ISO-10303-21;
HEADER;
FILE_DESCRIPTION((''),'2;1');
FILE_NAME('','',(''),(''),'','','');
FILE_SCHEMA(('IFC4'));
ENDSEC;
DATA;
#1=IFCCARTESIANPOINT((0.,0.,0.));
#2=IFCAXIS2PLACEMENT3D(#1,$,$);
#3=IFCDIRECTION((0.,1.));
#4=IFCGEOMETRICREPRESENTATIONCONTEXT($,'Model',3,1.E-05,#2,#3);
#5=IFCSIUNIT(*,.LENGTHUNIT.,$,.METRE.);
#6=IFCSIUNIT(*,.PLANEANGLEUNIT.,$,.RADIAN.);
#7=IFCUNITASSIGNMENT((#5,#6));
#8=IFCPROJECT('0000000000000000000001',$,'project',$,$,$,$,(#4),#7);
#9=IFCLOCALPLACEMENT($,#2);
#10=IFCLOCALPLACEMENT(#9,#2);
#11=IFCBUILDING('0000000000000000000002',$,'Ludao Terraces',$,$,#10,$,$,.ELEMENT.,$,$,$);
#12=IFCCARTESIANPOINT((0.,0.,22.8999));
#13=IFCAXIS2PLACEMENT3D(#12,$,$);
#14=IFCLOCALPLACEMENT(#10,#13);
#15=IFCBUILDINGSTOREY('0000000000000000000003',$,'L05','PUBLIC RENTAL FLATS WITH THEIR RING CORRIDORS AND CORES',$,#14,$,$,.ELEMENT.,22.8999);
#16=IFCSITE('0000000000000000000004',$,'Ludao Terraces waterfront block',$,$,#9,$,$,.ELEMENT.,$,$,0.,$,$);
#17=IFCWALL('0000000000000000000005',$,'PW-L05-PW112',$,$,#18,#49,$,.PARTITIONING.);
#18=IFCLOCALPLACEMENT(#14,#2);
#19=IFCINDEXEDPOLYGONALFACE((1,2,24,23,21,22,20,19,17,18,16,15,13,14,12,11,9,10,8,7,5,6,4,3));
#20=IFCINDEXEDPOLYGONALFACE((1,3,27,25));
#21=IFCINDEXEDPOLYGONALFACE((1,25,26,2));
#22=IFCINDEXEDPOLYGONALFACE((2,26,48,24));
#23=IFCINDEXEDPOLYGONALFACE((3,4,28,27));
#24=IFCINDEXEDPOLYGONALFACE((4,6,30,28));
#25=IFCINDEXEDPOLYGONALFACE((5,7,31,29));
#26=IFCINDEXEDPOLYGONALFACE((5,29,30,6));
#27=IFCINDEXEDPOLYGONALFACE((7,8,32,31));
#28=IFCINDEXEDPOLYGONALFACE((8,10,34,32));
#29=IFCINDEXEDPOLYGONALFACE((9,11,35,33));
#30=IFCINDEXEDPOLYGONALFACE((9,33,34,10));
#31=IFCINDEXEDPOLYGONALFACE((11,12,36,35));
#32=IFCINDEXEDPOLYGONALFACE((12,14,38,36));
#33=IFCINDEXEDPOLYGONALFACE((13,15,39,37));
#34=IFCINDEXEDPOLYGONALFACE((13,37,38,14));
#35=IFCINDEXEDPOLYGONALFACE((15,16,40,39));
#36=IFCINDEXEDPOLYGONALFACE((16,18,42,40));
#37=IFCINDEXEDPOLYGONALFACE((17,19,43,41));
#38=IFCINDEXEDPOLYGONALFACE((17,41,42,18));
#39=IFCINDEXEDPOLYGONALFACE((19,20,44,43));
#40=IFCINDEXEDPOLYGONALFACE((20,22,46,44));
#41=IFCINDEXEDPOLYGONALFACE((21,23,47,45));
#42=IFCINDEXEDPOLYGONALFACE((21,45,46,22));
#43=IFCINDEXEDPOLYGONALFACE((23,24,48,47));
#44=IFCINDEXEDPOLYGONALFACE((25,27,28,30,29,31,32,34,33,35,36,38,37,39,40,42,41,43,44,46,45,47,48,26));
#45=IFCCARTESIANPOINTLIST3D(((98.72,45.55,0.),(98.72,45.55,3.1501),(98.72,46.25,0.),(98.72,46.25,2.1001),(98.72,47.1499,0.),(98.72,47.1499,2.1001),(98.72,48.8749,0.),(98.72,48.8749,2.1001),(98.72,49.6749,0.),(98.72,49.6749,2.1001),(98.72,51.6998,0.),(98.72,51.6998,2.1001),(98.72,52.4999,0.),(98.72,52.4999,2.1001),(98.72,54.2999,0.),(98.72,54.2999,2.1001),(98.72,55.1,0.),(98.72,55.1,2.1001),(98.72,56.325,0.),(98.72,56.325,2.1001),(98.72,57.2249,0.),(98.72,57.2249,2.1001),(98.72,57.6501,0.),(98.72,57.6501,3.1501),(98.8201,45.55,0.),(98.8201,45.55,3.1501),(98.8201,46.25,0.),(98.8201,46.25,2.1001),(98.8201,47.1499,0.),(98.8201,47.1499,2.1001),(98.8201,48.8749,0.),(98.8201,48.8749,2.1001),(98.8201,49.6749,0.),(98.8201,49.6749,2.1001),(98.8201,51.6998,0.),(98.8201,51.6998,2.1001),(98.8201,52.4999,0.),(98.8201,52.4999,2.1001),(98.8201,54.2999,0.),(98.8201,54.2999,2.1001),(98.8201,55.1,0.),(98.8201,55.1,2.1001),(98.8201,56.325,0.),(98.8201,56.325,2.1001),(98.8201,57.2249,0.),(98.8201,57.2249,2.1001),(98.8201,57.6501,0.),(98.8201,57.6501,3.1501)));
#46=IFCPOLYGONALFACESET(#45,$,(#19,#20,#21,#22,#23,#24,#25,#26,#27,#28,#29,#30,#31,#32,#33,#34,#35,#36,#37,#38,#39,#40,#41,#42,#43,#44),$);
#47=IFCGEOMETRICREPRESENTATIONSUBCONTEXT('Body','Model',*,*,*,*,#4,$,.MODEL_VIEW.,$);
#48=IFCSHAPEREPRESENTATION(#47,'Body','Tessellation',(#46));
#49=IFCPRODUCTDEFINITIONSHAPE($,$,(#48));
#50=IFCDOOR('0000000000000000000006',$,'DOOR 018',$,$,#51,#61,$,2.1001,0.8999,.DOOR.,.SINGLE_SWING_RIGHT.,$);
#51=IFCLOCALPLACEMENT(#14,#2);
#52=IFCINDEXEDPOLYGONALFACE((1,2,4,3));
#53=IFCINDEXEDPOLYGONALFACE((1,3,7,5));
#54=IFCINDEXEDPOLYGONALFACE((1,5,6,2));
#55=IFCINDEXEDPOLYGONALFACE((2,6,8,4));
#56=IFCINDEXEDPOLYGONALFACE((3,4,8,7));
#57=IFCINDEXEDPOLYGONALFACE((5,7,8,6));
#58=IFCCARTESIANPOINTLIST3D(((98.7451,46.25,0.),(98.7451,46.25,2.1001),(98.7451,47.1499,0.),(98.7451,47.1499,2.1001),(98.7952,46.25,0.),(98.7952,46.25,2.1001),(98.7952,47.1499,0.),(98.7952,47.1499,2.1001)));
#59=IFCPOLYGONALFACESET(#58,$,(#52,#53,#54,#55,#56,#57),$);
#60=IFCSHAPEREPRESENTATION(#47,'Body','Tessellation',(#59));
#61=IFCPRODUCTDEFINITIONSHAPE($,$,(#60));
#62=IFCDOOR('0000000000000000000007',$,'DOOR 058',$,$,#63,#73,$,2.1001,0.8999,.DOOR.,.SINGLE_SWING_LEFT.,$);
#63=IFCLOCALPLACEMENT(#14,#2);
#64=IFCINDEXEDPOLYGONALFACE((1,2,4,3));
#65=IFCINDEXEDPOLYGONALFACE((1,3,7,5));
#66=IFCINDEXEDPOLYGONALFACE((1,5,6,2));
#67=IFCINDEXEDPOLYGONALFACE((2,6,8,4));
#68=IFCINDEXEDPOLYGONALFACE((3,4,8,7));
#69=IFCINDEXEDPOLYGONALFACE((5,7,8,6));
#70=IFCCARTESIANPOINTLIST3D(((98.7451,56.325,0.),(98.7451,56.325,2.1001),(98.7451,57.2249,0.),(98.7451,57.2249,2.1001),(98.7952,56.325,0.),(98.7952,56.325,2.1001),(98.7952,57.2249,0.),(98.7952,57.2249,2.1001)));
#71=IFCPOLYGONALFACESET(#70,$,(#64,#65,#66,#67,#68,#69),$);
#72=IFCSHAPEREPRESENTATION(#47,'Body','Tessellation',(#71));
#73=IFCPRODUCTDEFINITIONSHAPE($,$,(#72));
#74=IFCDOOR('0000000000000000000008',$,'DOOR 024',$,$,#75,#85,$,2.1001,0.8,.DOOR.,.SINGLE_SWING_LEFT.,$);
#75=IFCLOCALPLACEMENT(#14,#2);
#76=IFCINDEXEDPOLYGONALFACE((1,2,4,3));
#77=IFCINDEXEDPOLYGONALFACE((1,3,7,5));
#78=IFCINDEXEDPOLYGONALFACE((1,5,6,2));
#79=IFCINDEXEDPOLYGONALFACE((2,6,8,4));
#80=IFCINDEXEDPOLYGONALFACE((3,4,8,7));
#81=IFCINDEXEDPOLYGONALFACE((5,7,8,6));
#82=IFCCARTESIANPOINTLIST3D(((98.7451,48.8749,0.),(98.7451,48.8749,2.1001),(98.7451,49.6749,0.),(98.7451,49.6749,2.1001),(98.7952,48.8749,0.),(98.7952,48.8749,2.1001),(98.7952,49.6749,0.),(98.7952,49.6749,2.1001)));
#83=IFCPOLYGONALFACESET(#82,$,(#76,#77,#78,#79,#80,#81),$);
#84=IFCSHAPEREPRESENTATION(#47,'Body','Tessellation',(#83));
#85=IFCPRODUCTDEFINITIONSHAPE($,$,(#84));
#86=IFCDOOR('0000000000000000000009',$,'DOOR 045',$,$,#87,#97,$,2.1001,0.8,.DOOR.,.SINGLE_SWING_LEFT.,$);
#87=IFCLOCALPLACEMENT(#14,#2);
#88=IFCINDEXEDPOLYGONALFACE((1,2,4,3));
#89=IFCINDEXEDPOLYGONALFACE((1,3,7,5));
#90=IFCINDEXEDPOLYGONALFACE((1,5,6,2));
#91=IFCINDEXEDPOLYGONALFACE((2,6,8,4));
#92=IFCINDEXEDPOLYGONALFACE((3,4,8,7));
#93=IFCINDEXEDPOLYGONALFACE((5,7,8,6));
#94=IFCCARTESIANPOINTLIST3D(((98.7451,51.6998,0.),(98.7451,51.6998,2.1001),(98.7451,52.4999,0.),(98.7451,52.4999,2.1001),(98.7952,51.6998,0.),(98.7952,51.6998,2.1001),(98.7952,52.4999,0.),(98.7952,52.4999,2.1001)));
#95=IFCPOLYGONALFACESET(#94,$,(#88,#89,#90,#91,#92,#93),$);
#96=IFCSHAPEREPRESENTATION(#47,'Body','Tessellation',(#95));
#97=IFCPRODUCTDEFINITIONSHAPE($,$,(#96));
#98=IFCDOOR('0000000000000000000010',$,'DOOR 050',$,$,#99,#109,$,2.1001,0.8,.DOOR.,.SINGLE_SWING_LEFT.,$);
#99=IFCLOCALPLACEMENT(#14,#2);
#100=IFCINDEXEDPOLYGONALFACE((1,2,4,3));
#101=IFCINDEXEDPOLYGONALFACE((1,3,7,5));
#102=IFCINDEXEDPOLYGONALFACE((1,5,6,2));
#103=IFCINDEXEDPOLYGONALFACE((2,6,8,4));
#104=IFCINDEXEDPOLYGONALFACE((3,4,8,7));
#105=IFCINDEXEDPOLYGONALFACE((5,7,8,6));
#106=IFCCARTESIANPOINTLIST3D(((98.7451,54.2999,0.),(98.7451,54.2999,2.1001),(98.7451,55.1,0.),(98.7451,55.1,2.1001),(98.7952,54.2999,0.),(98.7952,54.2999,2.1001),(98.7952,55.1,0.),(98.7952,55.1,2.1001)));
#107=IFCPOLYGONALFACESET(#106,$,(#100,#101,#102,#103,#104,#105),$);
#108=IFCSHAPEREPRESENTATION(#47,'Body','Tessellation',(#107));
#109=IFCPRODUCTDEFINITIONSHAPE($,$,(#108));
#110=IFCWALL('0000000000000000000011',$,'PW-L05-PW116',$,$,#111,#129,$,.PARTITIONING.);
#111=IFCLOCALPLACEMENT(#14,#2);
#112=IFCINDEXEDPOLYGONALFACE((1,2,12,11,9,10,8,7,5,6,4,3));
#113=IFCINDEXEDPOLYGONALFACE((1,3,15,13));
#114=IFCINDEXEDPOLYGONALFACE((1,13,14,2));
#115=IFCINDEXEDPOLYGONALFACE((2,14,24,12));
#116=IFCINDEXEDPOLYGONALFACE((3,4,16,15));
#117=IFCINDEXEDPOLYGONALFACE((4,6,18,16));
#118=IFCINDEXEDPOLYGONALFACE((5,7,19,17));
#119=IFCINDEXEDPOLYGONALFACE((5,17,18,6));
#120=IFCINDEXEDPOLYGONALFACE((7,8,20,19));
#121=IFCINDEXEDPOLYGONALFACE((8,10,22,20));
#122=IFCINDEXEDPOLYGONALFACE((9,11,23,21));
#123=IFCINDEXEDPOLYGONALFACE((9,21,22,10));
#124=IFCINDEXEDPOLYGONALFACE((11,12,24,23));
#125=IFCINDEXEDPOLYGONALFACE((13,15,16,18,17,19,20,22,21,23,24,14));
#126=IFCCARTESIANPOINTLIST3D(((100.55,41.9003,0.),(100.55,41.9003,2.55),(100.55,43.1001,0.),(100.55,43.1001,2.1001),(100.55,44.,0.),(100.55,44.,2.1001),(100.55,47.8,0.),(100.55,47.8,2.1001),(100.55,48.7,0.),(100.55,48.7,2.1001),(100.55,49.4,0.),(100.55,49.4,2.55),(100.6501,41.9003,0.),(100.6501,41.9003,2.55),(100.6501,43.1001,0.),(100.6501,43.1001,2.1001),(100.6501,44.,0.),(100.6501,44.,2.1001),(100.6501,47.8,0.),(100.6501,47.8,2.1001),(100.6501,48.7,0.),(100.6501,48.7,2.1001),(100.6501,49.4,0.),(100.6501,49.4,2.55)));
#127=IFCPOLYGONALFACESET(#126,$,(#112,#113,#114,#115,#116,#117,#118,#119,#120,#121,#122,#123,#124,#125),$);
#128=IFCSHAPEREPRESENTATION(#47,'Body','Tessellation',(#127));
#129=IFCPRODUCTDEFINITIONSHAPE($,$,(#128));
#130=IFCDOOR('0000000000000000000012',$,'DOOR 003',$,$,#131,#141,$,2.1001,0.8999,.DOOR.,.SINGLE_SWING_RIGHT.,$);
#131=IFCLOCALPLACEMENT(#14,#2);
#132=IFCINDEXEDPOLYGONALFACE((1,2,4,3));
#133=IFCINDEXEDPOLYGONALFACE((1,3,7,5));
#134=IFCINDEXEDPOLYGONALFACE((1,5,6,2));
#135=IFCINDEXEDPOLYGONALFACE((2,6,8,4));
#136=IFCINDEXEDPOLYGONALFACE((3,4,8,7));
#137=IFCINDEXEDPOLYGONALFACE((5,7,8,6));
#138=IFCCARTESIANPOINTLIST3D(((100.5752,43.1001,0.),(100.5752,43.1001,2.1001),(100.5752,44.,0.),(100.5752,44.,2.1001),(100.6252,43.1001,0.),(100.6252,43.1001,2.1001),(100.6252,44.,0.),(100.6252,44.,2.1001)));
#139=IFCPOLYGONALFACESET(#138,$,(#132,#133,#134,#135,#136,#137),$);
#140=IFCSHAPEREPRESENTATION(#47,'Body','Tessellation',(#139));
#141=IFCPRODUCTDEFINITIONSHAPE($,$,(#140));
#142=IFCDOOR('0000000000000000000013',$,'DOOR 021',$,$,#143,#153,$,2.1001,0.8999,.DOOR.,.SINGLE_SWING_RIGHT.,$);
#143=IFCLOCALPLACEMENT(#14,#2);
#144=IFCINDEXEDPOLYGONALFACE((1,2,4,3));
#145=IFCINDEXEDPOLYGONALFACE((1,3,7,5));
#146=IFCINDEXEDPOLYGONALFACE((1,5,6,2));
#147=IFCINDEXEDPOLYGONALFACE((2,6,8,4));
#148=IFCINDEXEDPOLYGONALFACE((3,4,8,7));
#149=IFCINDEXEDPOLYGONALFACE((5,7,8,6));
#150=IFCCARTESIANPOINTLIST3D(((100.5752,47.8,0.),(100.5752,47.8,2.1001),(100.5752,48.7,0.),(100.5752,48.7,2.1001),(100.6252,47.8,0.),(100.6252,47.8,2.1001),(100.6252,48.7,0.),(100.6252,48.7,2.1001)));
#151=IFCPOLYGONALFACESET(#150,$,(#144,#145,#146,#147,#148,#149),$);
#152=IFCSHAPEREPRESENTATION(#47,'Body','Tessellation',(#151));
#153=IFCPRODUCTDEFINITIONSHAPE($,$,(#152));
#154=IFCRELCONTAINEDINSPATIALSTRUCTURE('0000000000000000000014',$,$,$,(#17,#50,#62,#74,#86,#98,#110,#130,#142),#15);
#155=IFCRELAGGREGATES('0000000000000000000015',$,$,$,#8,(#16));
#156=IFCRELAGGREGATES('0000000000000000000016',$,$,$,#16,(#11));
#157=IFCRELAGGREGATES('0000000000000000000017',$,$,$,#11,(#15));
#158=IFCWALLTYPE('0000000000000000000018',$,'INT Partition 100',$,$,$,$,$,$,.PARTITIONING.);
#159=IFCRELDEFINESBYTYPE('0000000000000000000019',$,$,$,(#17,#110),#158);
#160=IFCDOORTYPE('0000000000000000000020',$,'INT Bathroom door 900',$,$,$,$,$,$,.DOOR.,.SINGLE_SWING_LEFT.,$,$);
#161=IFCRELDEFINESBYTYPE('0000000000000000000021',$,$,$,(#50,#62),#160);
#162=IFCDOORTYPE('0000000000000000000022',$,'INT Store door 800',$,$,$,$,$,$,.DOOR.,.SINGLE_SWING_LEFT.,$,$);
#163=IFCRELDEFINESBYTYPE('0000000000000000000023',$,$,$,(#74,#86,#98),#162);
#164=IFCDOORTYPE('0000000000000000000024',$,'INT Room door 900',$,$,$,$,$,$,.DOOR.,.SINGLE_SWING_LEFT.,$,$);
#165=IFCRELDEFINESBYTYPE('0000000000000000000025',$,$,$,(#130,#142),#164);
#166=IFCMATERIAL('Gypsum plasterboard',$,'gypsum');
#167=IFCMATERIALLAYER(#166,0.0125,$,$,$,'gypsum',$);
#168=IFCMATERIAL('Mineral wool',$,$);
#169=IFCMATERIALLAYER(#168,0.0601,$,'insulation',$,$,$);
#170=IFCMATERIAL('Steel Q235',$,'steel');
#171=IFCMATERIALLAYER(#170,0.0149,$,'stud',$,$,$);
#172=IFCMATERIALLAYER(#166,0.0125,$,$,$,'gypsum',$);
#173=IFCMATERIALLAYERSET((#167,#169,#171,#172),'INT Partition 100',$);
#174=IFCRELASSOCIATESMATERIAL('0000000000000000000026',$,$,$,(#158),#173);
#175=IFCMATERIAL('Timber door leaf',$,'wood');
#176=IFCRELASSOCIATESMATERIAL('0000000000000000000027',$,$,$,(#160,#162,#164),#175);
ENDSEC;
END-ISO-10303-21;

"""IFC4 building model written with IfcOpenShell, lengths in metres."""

from ifc_helpers import new_model, si_unit, direction, frame, frame_2d, origin, place, context, subcontext, project, spatial, rectangle, extrude, material, layer, layer_set, type_object, element, fill, save


model = new_model("IFC4")

# Units and contexts
model_context = context("Model", 3, precision=1e-05, world=origin(), true_north=direction((0.0, 1.0)))
body_context = subcontext(model_context, "Body", "Model", "MODEL_VIEW")
ifc_project = project(units=[si_unit("LENGTHUNIT", "METRE"), si_unit("PLANEANGLEUNIT", "RADIAN")], contexts=[model_context])

# Site, building, storey
site_placement = place(None, origin())
site = spatial("IfcSite", under=ifc_project, at=site_placement, Name="Ludao Terraces waterfront block", CompositionType="ELEMENT", RefElevation=0.0)
building_placement = place(site_placement, origin())
building = spatial("IfcBuilding", under=site, at=building_placement, Name="Ludao Terraces", CompositionType="ELEMENT")
storey_placement = place(building_placement, frame((0.0, 0.0, 22.8999)))
storey = spatial("IfcBuildingStorey", under=building, at=storey_placement, Name="L05", Description="PUBLIC RENTAL FLATS WITH THEIR RING CORRIDORS AND CORES", CompositionType="ELEMENT", Elevation=22.8999)

# Shared definitions
ifc_material_1 = material(Name="Gypsum plasterboard", Category="gypsum")
ifc_layer_1 = layer(ifc_material_1, 0.0125, Category="gypsum")
ifc_material_2 = material(Name="Mineral wool")
ifc_layer_2 = layer(ifc_material_2, 0.0601, Name="insulation")
ifc_material_3 = material(Name="Steel Q235", Category="steel")
ifc_layer_3 = layer(ifc_material_3, 0.0149, Name="stud")
ifc_layer_4 = layer(ifc_material_1, 0.0125, Category="gypsum")
ifc_layer_set_1 = layer_set([ifc_layer_1, ifc_layer_2, ifc_layer_3, ifc_layer_4], Name="INT Partition 100")
wall_type_1 = type_object("IfcWallType", Name="INT Partition 100", PredefinedType="PARTITIONING", material=ifc_layer_set_1)

# Walls, openings, doors
wall_1_placement = place(storey_placement, frame((98.77, 45.55, 0.0), z_axis=(0.0, 0.0, 1.0), x_axis=(0.0, 1.0, 0.0)))
wall_1 = element("IfcWall", 1, at=wall_1_placement, inside=storey, type_object=wall_type_1, Name="PW-L05-PW112", PredefinedType="PARTITIONING", context=body_context, shape_type="SweptSolid", body=[
    extrude(rectangle(XDim=12.1001, YDim=0.1001, at=frame_2d((6.05, 0.0))), origin(), (0.0, 0.0, 1.0), 3.1501),
])
opening_1_placement = place(wall_1_placement, frame((0.7, 0.0, 0.0)))
opening_1 = element("IfcOpeningElement", 2, at=opening_1_placement, cuts=wall_1, PredefinedType="OPENING", context=body_context, shape_type="SweptSolid", body=[
    extrude(rectangle(XDim=0.8999, YDim=2.1001, at=frame_2d((0.45, 1.05))), frame((0.0, 0.0601, 0.0), z_axis=(0.0, -1.0, 0.0), x_axis=(1.0, 0.0, 0.0)), (0.0, 0.0, 1.0), 0.1201),
])
opening_2_placement = place(wall_1_placement, frame((3.325, 0.0, 0.0)))
opening_2 = element("IfcOpeningElement", 3, at=opening_2_placement, cuts=wall_1, PredefinedType="OPENING", context=body_context, shape_type="SweptSolid", body=[
    extrude(rectangle(XDim=0.8, YDim=2.1001, at=frame_2d((0.3999, 1.05))), frame((0.0, 0.0601, 0.0), z_axis=(0.0, -1.0, 0.0), x_axis=(1.0, 0.0, 0.0)), (0.0, 0.0, 1.0), 0.1201),
])
opening_3_placement = place(wall_1_placement, frame((6.1499, 0.0, 0.0)))
opening_3 = element("IfcOpeningElement", 4, at=opening_3_placement, cuts=wall_1, PredefinedType="OPENING", context=body_context, shape_type="SweptSolid", body=[
    extrude(rectangle(XDim=0.8, YDim=2.1001, at=frame_2d((0.3999, 1.05))), frame((0.0, 0.0601, 0.0), z_axis=(0.0, -1.0, 0.0), x_axis=(1.0, 0.0, 0.0)), (0.0, 0.0, 1.0), 0.1201),
])
opening_4_placement = place(wall_1_placement, frame((8.75, 0.0, 0.0)))
opening_4 = element("IfcOpeningElement", 5, at=opening_4_placement, cuts=wall_1, PredefinedType="OPENING", context=body_context, shape_type="SweptSolid", body=[
    extrude(rectangle(XDim=0.8, YDim=2.1001, at=frame_2d((0.3999, 1.05))), frame((0.0, 0.0601, 0.0), z_axis=(0.0, -1.0, 0.0), x_axis=(1.0, 0.0, 0.0)), (0.0, 0.0, 1.0), 0.1201),
])
opening_5_placement = place(wall_1_placement, frame((10.7749, 0.0, 0.0)))
opening_5 = element("IfcOpeningElement", 6, at=opening_5_placement, cuts=wall_1, PredefinedType="OPENING", context=body_context, shape_type="SweptSolid", body=[
    extrude(rectangle(XDim=0.8999, YDim=2.1001, at=frame_2d((0.45, 1.05))), frame((0.0, 0.0601, 0.0), z_axis=(0.0, -1.0, 0.0), x_axis=(1.0, 0.0, 0.0)), (0.0, 0.0, 1.0), 0.1201),
])
ifc_material_4 = material(Name="Timber door leaf", Category="wood")
door_type_1 = type_object("IfcDoorType", Name="INT Bathroom door 900", OperationType="SINGLE_SWING_LEFT", PredefinedType="DOOR", material=ifc_material_4)
door_1_placement = place(opening_1_placement, origin())
door_1 = element("IfcDoor", 7, at=door_1_placement, inside=storey, type_object=door_type_1, Name="DOOR 018", OperationType="SINGLE_SWING_RIGHT", OverallHeight=2.1001, OverallWidth=0.8999, PredefinedType="DOOR", context=body_context, shape_type="SweptSolid", body=[
    extrude(rectangle(XDim=0.8999, YDim=2.1001, at=frame_2d((0.45, 1.05))), frame((0.0, 0.0249, 0.0), z_axis=(0.0, -1.0, 0.0), x_axis=(1.0, 0.0, 0.0)), (0.0, 0.0, 1.0), 0.05),
])
fill(opening_1, door_1)
door_2_placement = place(opening_5_placement, origin())
door_2 = element("IfcDoor", 8, at=door_2_placement, inside=storey, type_object=door_type_1, Name="DOOR 058", OperationType="SINGLE_SWING_LEFT", OverallHeight=2.1001, OverallWidth=0.8999, PredefinedType="DOOR", context=body_context, shape_type="SweptSolid", body=[
    extrude(rectangle(XDim=0.8999, YDim=2.1001, at=frame_2d((0.45, 1.05))), frame((0.0, 0.0249, 0.0), z_axis=(0.0, -1.0, 0.0), x_axis=(1.0, 0.0, 0.0)), (0.0, 0.0, 1.0), 0.05),
])
fill(opening_5, door_2)
door_type_2 = type_object("IfcDoorType", Name="INT Store door 800", OperationType="SINGLE_SWING_LEFT", PredefinedType="DOOR", material=ifc_material_4)
door_3_placement = place(opening_2_placement, origin())
door_3 = element("IfcDoor", 9, at=door_3_placement, inside=storey, type_object=door_type_2, Name="DOOR 024", OperationType="SINGLE_SWING_LEFT", OverallHeight=2.1001, OverallWidth=0.8, PredefinedType="DOOR", context=body_context, shape_type="SweptSolid", body=[
    extrude(rectangle(XDim=0.8, YDim=2.1001, at=frame_2d((0.3999, 1.05))), frame((0.0, 0.0249, 0.0), z_axis=(0.0, -1.0, 0.0), x_axis=(1.0, 0.0, 0.0)), (0.0, 0.0, 1.0), 0.05),
])
fill(opening_2, door_3)
door_4_placement = place(opening_3_placement, origin())
door_4 = element("IfcDoor", 10, at=door_4_placement, inside=storey, type_object=door_type_2, Name="DOOR 045", OperationType="SINGLE_SWING_LEFT", OverallHeight=2.1001, OverallWidth=0.8, PredefinedType="DOOR", context=body_context, shape_type="SweptSolid", body=[
    extrude(rectangle(XDim=0.8, YDim=2.1001, at=frame_2d((0.3999, 1.05))), frame((0.0, 0.0249, 0.0), z_axis=(0.0, -1.0, 0.0), x_axis=(1.0, 0.0, 0.0)), (0.0, 0.0, 1.0), 0.05),
])
fill(opening_3, door_4)
door_5_placement = place(opening_4_placement, origin())
door_5 = element("IfcDoor", 11, at=door_5_placement, inside=storey, type_object=door_type_2, Name="DOOR 050", OperationType="SINGLE_SWING_LEFT", OverallHeight=2.1001, OverallWidth=0.8, PredefinedType="DOOR", context=body_context, shape_type="SweptSolid", body=[
    extrude(rectangle(XDim=0.8, YDim=2.1001, at=frame_2d((0.3999, 1.05))), frame((0.0, 0.0249, 0.0), z_axis=(0.0, -1.0, 0.0), x_axis=(1.0, 0.0, 0.0)), (0.0, 0.0, 1.0), 0.05),
])
fill(opening_4, door_5)
wall_2_placement = place(storey_placement, frame((100.6001, 41.9001, 0.0), z_axis=(0.0, 0.0, 1.0), x_axis=(0.0, 1.0, 0.0)))
wall_2 = element("IfcWall", 12, at=wall_2_placement, inside=storey, type_object=wall_type_1, Name="PW-L05-PW116", PredefinedType="PARTITIONING", context=body_context, shape_type="SweptSolid", body=[
    extrude(rectangle(XDim=7.4998, YDim=0.1001, at=frame_2d((3.75, 0.0))), origin(), (0.0, 0.0, 1.0), 2.55),
])
opening_6_placement = place(wall_2_placement, frame((1.2, 0.0, 0.0)))
opening_6 = element("IfcOpeningElement", 13, at=opening_6_placement, cuts=wall_2, PredefinedType="OPENING", context=body_context, shape_type="SweptSolid", body=[
    extrude(rectangle(XDim=0.8999, YDim=2.1001, at=frame_2d((0.45, 1.05))), frame((0.0, 0.0601, 0.0), z_axis=(0.0, -1.0, 0.0), x_axis=(1.0, 0.0, 0.0)), (0.0, 0.0, 1.0), 0.1201),
])
opening_7_placement = place(wall_2_placement, frame((5.8999, 0.0, 0.0)))
opening_7 = element("IfcOpeningElement", 14, at=opening_7_placement, cuts=wall_2, PredefinedType="OPENING", context=body_context, shape_type="SweptSolid", body=[
    extrude(rectangle(XDim=0.8999, YDim=2.1001, at=frame_2d((0.45, 1.05))), frame((0.0, 0.0601, 0.0), z_axis=(0.0, -1.0, 0.0), x_axis=(1.0, 0.0, 0.0)), (0.0, 0.0, 1.0), 0.1201),
])
door_type_3 = type_object("IfcDoorType", Name="INT Room door 900", OperationType="SINGLE_SWING_LEFT", PredefinedType="DOOR", material=ifc_material_4)
door_6_placement = place(opening_6_placement, origin())
door_6 = element("IfcDoor", 15, at=door_6_placement, inside=storey, type_object=door_type_3, Name="DOOR 003", OperationType="SINGLE_SWING_RIGHT", OverallHeight=2.1001, OverallWidth=0.8999, PredefinedType="DOOR", context=body_context, shape_type="SweptSolid", body=[
    extrude(rectangle(XDim=0.8999, YDim=2.1001, at=frame_2d((0.45, 1.05))), frame((0.0, 0.0249, 0.0), z_axis=(0.0, -1.0, 0.0), x_axis=(1.0, 0.0, 0.0)), (0.0, 0.0, 1.0), 0.05),
])
fill(opening_6, door_6)
door_7_placement = place(opening_7_placement, origin())
door_7 = element("IfcDoor", 16, at=door_7_placement, inside=storey, type_object=door_type_3, Name="DOOR 021", OperationType="SINGLE_SWING_RIGHT", OverallHeight=2.1001, OverallWidth=0.8999, PredefinedType="DOOR", context=body_context, shape_type="SweptSolid", body=[
    extrude(rectangle(XDim=0.8999, YDim=2.1001, at=frame_2d((0.45, 1.05))), frame((0.0, 0.0249, 0.0), z_axis=(0.0, -1.0, 0.0), x_axis=(1.0, 0.0, 0.0)), (0.0, 0.0, 1.0), 0.05),
])
fill(opening_7, door_7)

save(model, "model.ifc")
